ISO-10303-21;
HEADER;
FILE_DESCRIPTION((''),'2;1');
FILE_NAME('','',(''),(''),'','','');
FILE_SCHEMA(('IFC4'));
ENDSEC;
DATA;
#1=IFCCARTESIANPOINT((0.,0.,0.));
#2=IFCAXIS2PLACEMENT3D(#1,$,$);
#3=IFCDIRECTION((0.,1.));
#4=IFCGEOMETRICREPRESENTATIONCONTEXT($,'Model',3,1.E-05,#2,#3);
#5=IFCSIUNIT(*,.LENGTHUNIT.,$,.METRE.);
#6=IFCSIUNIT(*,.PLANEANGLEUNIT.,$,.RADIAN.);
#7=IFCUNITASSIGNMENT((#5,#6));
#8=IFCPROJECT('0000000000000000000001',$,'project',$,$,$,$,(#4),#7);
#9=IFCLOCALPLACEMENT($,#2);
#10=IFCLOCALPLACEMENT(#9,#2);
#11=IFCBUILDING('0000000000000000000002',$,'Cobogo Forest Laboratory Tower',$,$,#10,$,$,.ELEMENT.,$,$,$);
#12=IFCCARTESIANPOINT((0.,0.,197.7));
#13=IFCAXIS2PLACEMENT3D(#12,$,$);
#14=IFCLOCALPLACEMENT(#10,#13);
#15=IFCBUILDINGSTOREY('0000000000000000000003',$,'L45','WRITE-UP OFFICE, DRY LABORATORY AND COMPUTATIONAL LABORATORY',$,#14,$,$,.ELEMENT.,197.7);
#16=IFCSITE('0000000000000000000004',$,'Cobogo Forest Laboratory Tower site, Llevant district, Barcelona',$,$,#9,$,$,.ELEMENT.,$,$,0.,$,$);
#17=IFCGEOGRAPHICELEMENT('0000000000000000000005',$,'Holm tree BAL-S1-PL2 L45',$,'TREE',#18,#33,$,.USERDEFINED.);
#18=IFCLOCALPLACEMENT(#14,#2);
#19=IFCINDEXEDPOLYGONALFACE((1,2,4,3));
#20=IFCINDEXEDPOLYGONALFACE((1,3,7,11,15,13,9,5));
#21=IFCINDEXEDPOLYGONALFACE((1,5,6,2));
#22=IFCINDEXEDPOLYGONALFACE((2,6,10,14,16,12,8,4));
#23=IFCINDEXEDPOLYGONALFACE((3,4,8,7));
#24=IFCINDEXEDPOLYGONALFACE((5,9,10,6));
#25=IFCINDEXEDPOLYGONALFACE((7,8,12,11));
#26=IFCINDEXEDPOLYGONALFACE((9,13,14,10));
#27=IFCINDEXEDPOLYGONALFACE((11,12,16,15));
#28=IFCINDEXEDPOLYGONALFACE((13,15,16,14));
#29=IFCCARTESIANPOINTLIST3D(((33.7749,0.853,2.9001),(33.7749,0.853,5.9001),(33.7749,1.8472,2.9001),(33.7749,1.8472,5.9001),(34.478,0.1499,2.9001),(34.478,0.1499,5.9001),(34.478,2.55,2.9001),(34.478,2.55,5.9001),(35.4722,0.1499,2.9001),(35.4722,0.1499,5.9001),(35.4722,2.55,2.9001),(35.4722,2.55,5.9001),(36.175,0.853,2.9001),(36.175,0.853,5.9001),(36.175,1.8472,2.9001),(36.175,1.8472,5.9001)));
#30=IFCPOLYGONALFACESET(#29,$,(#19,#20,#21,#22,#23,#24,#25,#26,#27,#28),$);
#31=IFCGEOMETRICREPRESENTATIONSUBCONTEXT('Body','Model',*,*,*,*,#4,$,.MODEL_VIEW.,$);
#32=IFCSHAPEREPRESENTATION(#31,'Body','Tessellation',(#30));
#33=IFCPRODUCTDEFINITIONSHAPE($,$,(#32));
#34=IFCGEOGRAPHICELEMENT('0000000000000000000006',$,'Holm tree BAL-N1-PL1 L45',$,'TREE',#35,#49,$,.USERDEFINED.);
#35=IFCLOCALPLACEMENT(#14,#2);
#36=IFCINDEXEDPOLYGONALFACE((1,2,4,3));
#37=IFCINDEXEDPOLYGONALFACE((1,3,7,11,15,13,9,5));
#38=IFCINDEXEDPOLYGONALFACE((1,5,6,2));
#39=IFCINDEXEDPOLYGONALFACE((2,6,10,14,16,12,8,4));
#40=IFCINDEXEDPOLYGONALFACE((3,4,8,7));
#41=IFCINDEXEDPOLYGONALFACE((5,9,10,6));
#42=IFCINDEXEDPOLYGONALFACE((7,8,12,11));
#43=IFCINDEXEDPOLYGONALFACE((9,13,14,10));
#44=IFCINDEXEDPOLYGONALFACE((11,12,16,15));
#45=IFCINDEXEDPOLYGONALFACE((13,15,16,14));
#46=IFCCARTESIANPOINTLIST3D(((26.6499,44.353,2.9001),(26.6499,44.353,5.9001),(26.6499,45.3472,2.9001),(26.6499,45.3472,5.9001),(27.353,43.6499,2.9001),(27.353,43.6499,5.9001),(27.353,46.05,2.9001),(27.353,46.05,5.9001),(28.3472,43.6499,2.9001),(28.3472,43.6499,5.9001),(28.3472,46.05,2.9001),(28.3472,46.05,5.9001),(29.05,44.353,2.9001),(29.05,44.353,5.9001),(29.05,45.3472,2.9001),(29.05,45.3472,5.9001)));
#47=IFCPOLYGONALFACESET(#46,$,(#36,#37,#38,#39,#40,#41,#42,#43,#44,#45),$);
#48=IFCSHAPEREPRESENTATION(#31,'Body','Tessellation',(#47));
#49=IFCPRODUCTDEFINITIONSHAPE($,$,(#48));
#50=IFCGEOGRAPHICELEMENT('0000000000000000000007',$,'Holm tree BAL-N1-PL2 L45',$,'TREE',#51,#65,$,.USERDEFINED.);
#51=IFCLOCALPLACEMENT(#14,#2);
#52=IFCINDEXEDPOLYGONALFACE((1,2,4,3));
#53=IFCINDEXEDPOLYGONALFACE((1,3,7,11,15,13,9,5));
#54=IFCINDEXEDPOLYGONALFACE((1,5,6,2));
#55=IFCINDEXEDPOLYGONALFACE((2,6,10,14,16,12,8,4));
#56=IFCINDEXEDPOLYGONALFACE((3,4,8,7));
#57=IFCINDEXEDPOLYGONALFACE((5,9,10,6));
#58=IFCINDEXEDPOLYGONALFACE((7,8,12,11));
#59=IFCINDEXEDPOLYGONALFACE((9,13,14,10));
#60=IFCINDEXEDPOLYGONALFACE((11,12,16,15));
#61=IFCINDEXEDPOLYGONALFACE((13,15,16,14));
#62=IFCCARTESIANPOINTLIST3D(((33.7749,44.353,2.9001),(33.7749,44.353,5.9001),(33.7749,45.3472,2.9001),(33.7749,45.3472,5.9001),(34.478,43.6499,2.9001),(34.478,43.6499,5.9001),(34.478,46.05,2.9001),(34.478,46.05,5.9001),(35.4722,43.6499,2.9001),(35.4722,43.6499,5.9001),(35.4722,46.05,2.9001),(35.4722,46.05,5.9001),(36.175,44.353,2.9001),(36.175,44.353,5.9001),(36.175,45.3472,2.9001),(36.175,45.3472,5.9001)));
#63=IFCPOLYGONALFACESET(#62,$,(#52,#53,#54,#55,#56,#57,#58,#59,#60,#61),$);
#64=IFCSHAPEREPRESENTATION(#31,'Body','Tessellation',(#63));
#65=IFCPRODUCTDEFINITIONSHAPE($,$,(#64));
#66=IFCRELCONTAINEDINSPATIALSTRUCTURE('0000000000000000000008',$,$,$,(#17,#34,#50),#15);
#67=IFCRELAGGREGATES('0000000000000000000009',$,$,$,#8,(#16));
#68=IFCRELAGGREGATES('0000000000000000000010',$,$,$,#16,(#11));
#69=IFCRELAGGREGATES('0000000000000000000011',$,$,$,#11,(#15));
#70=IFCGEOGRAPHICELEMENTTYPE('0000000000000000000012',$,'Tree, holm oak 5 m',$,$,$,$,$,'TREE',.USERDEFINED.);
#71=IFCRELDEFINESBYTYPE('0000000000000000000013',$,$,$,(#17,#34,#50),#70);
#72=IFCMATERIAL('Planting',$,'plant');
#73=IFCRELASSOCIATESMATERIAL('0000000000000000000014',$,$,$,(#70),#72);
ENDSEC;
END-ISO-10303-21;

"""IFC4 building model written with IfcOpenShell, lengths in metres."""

from ifc_helpers import new_model, si_unit, direction, frame, origin, place, context, subcontext, project, spatial, polyline, outline, extrude, material, type_object, element, save


model = new_model("IFC4")

# Units and contexts
model_context = context("Model", 3, precision=1e-05, world=origin(), true_north=direction((0.0, 1.0)))
body_context = subcontext(model_context, "Body", "Model", "MODEL_VIEW")
ifc_project = project(units=[si_unit("LENGTHUNIT", "METRE"), si_unit("PLANEANGLEUNIT", "RADIAN")], contexts=[model_context])

# Site, building, storey
site_placement = place(None, origin())
site = spatial("IfcSite", under=ifc_project, at=site_placement, Name="Cobogo Forest Laboratory Tower site, Llevant district, Barcelona", CompositionType="ELEMENT", RefElevation=0.0)
building_placement = place(site_placement, origin())
building = spatial("IfcBuilding", under=site, at=building_placement, Name="Cobogo Forest Laboratory Tower", CompositionType="ELEMENT")
storey_placement = place(building_placement, frame((0.0, 0.0, 197.7)))
storey = spatial("IfcBuildingStorey", under=building, at=storey_placement, Name="L45", Description="WRITE-UP OFFICE, DRY LABORATORY AND COMPUTATIONAL LABORATORY", CompositionType="ELEMENT", Elevation=197.7)

# Geographic elements
ifc_material_1 = material(Name="Planting", Category="plant")
geographic_element_type = type_object("IfcGeographicElementType", Name="Tree, holm oak 5 m", ElementType="TREE", PredefinedType="USERDEFINED", material=ifc_material_1)
geographic_element_1_placement = place(storey_placement, frame((0.0, 0.0, 2.9001)))
element("IfcGeographicElement", 1, at=geographic_element_1_placement, inside=storey, type_object=geographic_element_type, Name="Holm tree BAL-S1-PL2 L45", ObjectType="TREE", PredefinedType="USERDEFINED", context=body_context, shape_type="SweptSolid", body=[
    extrude(outline(polyline([(36.175, 0.853), (36.175, 1.8472), (35.4722, 2.55), (34.478, 2.55), (33.7749, 1.8472), (33.7749, 0.853), (34.478, 0.1499), (35.4722, 0.1499), (36.175, 0.853)])), origin(), (0.0, 0.0, 1.0), 3.0),
])
geographic_element_2_placement = place(storey_placement, frame((0.0, 0.0, 2.9001)))
element("IfcGeographicElement", 2, at=geographic_element_2_placement, inside=storey, type_object=geographic_element_type, Name="Holm tree BAL-N1-PL1 L45", ObjectType="TREE", PredefinedType="USERDEFINED", context=body_context, shape_type="SweptSolid", body=[
    extrude(outline(polyline([(29.05, 44.353), (29.05, 45.3472), (28.3472, 46.05), (27.353, 46.05), (26.6499, 45.3472), (26.6499, 44.353), (27.353, 43.6499), (28.3472, 43.6499), (29.05, 44.353)])), origin(), (0.0, 0.0, 1.0), 3.0),
])
geographic_element_3_placement = place(storey_placement, frame((0.0, 0.0, 2.9001)))
element("IfcGeographicElement", 3, at=geographic_element_3_placement, inside=storey, type_object=geographic_element_type, Name="Holm tree BAL-N1-PL2 L45", ObjectType="TREE", PredefinedType="USERDEFINED", context=body_context, shape_type="SweptSolid", body=[
    extrude(outline(polyline([(36.175, 44.353), (36.175, 45.3472), (35.4722, 46.05), (34.478, 46.05), (33.7749, 45.3472), (33.7749, 44.353), (34.478, 43.6499), (35.4722, 43.6499), (36.175, 44.353)])), origin(), (0.0, 0.0, 1.0), 3.0),
])

save(model, "model.ifc")
